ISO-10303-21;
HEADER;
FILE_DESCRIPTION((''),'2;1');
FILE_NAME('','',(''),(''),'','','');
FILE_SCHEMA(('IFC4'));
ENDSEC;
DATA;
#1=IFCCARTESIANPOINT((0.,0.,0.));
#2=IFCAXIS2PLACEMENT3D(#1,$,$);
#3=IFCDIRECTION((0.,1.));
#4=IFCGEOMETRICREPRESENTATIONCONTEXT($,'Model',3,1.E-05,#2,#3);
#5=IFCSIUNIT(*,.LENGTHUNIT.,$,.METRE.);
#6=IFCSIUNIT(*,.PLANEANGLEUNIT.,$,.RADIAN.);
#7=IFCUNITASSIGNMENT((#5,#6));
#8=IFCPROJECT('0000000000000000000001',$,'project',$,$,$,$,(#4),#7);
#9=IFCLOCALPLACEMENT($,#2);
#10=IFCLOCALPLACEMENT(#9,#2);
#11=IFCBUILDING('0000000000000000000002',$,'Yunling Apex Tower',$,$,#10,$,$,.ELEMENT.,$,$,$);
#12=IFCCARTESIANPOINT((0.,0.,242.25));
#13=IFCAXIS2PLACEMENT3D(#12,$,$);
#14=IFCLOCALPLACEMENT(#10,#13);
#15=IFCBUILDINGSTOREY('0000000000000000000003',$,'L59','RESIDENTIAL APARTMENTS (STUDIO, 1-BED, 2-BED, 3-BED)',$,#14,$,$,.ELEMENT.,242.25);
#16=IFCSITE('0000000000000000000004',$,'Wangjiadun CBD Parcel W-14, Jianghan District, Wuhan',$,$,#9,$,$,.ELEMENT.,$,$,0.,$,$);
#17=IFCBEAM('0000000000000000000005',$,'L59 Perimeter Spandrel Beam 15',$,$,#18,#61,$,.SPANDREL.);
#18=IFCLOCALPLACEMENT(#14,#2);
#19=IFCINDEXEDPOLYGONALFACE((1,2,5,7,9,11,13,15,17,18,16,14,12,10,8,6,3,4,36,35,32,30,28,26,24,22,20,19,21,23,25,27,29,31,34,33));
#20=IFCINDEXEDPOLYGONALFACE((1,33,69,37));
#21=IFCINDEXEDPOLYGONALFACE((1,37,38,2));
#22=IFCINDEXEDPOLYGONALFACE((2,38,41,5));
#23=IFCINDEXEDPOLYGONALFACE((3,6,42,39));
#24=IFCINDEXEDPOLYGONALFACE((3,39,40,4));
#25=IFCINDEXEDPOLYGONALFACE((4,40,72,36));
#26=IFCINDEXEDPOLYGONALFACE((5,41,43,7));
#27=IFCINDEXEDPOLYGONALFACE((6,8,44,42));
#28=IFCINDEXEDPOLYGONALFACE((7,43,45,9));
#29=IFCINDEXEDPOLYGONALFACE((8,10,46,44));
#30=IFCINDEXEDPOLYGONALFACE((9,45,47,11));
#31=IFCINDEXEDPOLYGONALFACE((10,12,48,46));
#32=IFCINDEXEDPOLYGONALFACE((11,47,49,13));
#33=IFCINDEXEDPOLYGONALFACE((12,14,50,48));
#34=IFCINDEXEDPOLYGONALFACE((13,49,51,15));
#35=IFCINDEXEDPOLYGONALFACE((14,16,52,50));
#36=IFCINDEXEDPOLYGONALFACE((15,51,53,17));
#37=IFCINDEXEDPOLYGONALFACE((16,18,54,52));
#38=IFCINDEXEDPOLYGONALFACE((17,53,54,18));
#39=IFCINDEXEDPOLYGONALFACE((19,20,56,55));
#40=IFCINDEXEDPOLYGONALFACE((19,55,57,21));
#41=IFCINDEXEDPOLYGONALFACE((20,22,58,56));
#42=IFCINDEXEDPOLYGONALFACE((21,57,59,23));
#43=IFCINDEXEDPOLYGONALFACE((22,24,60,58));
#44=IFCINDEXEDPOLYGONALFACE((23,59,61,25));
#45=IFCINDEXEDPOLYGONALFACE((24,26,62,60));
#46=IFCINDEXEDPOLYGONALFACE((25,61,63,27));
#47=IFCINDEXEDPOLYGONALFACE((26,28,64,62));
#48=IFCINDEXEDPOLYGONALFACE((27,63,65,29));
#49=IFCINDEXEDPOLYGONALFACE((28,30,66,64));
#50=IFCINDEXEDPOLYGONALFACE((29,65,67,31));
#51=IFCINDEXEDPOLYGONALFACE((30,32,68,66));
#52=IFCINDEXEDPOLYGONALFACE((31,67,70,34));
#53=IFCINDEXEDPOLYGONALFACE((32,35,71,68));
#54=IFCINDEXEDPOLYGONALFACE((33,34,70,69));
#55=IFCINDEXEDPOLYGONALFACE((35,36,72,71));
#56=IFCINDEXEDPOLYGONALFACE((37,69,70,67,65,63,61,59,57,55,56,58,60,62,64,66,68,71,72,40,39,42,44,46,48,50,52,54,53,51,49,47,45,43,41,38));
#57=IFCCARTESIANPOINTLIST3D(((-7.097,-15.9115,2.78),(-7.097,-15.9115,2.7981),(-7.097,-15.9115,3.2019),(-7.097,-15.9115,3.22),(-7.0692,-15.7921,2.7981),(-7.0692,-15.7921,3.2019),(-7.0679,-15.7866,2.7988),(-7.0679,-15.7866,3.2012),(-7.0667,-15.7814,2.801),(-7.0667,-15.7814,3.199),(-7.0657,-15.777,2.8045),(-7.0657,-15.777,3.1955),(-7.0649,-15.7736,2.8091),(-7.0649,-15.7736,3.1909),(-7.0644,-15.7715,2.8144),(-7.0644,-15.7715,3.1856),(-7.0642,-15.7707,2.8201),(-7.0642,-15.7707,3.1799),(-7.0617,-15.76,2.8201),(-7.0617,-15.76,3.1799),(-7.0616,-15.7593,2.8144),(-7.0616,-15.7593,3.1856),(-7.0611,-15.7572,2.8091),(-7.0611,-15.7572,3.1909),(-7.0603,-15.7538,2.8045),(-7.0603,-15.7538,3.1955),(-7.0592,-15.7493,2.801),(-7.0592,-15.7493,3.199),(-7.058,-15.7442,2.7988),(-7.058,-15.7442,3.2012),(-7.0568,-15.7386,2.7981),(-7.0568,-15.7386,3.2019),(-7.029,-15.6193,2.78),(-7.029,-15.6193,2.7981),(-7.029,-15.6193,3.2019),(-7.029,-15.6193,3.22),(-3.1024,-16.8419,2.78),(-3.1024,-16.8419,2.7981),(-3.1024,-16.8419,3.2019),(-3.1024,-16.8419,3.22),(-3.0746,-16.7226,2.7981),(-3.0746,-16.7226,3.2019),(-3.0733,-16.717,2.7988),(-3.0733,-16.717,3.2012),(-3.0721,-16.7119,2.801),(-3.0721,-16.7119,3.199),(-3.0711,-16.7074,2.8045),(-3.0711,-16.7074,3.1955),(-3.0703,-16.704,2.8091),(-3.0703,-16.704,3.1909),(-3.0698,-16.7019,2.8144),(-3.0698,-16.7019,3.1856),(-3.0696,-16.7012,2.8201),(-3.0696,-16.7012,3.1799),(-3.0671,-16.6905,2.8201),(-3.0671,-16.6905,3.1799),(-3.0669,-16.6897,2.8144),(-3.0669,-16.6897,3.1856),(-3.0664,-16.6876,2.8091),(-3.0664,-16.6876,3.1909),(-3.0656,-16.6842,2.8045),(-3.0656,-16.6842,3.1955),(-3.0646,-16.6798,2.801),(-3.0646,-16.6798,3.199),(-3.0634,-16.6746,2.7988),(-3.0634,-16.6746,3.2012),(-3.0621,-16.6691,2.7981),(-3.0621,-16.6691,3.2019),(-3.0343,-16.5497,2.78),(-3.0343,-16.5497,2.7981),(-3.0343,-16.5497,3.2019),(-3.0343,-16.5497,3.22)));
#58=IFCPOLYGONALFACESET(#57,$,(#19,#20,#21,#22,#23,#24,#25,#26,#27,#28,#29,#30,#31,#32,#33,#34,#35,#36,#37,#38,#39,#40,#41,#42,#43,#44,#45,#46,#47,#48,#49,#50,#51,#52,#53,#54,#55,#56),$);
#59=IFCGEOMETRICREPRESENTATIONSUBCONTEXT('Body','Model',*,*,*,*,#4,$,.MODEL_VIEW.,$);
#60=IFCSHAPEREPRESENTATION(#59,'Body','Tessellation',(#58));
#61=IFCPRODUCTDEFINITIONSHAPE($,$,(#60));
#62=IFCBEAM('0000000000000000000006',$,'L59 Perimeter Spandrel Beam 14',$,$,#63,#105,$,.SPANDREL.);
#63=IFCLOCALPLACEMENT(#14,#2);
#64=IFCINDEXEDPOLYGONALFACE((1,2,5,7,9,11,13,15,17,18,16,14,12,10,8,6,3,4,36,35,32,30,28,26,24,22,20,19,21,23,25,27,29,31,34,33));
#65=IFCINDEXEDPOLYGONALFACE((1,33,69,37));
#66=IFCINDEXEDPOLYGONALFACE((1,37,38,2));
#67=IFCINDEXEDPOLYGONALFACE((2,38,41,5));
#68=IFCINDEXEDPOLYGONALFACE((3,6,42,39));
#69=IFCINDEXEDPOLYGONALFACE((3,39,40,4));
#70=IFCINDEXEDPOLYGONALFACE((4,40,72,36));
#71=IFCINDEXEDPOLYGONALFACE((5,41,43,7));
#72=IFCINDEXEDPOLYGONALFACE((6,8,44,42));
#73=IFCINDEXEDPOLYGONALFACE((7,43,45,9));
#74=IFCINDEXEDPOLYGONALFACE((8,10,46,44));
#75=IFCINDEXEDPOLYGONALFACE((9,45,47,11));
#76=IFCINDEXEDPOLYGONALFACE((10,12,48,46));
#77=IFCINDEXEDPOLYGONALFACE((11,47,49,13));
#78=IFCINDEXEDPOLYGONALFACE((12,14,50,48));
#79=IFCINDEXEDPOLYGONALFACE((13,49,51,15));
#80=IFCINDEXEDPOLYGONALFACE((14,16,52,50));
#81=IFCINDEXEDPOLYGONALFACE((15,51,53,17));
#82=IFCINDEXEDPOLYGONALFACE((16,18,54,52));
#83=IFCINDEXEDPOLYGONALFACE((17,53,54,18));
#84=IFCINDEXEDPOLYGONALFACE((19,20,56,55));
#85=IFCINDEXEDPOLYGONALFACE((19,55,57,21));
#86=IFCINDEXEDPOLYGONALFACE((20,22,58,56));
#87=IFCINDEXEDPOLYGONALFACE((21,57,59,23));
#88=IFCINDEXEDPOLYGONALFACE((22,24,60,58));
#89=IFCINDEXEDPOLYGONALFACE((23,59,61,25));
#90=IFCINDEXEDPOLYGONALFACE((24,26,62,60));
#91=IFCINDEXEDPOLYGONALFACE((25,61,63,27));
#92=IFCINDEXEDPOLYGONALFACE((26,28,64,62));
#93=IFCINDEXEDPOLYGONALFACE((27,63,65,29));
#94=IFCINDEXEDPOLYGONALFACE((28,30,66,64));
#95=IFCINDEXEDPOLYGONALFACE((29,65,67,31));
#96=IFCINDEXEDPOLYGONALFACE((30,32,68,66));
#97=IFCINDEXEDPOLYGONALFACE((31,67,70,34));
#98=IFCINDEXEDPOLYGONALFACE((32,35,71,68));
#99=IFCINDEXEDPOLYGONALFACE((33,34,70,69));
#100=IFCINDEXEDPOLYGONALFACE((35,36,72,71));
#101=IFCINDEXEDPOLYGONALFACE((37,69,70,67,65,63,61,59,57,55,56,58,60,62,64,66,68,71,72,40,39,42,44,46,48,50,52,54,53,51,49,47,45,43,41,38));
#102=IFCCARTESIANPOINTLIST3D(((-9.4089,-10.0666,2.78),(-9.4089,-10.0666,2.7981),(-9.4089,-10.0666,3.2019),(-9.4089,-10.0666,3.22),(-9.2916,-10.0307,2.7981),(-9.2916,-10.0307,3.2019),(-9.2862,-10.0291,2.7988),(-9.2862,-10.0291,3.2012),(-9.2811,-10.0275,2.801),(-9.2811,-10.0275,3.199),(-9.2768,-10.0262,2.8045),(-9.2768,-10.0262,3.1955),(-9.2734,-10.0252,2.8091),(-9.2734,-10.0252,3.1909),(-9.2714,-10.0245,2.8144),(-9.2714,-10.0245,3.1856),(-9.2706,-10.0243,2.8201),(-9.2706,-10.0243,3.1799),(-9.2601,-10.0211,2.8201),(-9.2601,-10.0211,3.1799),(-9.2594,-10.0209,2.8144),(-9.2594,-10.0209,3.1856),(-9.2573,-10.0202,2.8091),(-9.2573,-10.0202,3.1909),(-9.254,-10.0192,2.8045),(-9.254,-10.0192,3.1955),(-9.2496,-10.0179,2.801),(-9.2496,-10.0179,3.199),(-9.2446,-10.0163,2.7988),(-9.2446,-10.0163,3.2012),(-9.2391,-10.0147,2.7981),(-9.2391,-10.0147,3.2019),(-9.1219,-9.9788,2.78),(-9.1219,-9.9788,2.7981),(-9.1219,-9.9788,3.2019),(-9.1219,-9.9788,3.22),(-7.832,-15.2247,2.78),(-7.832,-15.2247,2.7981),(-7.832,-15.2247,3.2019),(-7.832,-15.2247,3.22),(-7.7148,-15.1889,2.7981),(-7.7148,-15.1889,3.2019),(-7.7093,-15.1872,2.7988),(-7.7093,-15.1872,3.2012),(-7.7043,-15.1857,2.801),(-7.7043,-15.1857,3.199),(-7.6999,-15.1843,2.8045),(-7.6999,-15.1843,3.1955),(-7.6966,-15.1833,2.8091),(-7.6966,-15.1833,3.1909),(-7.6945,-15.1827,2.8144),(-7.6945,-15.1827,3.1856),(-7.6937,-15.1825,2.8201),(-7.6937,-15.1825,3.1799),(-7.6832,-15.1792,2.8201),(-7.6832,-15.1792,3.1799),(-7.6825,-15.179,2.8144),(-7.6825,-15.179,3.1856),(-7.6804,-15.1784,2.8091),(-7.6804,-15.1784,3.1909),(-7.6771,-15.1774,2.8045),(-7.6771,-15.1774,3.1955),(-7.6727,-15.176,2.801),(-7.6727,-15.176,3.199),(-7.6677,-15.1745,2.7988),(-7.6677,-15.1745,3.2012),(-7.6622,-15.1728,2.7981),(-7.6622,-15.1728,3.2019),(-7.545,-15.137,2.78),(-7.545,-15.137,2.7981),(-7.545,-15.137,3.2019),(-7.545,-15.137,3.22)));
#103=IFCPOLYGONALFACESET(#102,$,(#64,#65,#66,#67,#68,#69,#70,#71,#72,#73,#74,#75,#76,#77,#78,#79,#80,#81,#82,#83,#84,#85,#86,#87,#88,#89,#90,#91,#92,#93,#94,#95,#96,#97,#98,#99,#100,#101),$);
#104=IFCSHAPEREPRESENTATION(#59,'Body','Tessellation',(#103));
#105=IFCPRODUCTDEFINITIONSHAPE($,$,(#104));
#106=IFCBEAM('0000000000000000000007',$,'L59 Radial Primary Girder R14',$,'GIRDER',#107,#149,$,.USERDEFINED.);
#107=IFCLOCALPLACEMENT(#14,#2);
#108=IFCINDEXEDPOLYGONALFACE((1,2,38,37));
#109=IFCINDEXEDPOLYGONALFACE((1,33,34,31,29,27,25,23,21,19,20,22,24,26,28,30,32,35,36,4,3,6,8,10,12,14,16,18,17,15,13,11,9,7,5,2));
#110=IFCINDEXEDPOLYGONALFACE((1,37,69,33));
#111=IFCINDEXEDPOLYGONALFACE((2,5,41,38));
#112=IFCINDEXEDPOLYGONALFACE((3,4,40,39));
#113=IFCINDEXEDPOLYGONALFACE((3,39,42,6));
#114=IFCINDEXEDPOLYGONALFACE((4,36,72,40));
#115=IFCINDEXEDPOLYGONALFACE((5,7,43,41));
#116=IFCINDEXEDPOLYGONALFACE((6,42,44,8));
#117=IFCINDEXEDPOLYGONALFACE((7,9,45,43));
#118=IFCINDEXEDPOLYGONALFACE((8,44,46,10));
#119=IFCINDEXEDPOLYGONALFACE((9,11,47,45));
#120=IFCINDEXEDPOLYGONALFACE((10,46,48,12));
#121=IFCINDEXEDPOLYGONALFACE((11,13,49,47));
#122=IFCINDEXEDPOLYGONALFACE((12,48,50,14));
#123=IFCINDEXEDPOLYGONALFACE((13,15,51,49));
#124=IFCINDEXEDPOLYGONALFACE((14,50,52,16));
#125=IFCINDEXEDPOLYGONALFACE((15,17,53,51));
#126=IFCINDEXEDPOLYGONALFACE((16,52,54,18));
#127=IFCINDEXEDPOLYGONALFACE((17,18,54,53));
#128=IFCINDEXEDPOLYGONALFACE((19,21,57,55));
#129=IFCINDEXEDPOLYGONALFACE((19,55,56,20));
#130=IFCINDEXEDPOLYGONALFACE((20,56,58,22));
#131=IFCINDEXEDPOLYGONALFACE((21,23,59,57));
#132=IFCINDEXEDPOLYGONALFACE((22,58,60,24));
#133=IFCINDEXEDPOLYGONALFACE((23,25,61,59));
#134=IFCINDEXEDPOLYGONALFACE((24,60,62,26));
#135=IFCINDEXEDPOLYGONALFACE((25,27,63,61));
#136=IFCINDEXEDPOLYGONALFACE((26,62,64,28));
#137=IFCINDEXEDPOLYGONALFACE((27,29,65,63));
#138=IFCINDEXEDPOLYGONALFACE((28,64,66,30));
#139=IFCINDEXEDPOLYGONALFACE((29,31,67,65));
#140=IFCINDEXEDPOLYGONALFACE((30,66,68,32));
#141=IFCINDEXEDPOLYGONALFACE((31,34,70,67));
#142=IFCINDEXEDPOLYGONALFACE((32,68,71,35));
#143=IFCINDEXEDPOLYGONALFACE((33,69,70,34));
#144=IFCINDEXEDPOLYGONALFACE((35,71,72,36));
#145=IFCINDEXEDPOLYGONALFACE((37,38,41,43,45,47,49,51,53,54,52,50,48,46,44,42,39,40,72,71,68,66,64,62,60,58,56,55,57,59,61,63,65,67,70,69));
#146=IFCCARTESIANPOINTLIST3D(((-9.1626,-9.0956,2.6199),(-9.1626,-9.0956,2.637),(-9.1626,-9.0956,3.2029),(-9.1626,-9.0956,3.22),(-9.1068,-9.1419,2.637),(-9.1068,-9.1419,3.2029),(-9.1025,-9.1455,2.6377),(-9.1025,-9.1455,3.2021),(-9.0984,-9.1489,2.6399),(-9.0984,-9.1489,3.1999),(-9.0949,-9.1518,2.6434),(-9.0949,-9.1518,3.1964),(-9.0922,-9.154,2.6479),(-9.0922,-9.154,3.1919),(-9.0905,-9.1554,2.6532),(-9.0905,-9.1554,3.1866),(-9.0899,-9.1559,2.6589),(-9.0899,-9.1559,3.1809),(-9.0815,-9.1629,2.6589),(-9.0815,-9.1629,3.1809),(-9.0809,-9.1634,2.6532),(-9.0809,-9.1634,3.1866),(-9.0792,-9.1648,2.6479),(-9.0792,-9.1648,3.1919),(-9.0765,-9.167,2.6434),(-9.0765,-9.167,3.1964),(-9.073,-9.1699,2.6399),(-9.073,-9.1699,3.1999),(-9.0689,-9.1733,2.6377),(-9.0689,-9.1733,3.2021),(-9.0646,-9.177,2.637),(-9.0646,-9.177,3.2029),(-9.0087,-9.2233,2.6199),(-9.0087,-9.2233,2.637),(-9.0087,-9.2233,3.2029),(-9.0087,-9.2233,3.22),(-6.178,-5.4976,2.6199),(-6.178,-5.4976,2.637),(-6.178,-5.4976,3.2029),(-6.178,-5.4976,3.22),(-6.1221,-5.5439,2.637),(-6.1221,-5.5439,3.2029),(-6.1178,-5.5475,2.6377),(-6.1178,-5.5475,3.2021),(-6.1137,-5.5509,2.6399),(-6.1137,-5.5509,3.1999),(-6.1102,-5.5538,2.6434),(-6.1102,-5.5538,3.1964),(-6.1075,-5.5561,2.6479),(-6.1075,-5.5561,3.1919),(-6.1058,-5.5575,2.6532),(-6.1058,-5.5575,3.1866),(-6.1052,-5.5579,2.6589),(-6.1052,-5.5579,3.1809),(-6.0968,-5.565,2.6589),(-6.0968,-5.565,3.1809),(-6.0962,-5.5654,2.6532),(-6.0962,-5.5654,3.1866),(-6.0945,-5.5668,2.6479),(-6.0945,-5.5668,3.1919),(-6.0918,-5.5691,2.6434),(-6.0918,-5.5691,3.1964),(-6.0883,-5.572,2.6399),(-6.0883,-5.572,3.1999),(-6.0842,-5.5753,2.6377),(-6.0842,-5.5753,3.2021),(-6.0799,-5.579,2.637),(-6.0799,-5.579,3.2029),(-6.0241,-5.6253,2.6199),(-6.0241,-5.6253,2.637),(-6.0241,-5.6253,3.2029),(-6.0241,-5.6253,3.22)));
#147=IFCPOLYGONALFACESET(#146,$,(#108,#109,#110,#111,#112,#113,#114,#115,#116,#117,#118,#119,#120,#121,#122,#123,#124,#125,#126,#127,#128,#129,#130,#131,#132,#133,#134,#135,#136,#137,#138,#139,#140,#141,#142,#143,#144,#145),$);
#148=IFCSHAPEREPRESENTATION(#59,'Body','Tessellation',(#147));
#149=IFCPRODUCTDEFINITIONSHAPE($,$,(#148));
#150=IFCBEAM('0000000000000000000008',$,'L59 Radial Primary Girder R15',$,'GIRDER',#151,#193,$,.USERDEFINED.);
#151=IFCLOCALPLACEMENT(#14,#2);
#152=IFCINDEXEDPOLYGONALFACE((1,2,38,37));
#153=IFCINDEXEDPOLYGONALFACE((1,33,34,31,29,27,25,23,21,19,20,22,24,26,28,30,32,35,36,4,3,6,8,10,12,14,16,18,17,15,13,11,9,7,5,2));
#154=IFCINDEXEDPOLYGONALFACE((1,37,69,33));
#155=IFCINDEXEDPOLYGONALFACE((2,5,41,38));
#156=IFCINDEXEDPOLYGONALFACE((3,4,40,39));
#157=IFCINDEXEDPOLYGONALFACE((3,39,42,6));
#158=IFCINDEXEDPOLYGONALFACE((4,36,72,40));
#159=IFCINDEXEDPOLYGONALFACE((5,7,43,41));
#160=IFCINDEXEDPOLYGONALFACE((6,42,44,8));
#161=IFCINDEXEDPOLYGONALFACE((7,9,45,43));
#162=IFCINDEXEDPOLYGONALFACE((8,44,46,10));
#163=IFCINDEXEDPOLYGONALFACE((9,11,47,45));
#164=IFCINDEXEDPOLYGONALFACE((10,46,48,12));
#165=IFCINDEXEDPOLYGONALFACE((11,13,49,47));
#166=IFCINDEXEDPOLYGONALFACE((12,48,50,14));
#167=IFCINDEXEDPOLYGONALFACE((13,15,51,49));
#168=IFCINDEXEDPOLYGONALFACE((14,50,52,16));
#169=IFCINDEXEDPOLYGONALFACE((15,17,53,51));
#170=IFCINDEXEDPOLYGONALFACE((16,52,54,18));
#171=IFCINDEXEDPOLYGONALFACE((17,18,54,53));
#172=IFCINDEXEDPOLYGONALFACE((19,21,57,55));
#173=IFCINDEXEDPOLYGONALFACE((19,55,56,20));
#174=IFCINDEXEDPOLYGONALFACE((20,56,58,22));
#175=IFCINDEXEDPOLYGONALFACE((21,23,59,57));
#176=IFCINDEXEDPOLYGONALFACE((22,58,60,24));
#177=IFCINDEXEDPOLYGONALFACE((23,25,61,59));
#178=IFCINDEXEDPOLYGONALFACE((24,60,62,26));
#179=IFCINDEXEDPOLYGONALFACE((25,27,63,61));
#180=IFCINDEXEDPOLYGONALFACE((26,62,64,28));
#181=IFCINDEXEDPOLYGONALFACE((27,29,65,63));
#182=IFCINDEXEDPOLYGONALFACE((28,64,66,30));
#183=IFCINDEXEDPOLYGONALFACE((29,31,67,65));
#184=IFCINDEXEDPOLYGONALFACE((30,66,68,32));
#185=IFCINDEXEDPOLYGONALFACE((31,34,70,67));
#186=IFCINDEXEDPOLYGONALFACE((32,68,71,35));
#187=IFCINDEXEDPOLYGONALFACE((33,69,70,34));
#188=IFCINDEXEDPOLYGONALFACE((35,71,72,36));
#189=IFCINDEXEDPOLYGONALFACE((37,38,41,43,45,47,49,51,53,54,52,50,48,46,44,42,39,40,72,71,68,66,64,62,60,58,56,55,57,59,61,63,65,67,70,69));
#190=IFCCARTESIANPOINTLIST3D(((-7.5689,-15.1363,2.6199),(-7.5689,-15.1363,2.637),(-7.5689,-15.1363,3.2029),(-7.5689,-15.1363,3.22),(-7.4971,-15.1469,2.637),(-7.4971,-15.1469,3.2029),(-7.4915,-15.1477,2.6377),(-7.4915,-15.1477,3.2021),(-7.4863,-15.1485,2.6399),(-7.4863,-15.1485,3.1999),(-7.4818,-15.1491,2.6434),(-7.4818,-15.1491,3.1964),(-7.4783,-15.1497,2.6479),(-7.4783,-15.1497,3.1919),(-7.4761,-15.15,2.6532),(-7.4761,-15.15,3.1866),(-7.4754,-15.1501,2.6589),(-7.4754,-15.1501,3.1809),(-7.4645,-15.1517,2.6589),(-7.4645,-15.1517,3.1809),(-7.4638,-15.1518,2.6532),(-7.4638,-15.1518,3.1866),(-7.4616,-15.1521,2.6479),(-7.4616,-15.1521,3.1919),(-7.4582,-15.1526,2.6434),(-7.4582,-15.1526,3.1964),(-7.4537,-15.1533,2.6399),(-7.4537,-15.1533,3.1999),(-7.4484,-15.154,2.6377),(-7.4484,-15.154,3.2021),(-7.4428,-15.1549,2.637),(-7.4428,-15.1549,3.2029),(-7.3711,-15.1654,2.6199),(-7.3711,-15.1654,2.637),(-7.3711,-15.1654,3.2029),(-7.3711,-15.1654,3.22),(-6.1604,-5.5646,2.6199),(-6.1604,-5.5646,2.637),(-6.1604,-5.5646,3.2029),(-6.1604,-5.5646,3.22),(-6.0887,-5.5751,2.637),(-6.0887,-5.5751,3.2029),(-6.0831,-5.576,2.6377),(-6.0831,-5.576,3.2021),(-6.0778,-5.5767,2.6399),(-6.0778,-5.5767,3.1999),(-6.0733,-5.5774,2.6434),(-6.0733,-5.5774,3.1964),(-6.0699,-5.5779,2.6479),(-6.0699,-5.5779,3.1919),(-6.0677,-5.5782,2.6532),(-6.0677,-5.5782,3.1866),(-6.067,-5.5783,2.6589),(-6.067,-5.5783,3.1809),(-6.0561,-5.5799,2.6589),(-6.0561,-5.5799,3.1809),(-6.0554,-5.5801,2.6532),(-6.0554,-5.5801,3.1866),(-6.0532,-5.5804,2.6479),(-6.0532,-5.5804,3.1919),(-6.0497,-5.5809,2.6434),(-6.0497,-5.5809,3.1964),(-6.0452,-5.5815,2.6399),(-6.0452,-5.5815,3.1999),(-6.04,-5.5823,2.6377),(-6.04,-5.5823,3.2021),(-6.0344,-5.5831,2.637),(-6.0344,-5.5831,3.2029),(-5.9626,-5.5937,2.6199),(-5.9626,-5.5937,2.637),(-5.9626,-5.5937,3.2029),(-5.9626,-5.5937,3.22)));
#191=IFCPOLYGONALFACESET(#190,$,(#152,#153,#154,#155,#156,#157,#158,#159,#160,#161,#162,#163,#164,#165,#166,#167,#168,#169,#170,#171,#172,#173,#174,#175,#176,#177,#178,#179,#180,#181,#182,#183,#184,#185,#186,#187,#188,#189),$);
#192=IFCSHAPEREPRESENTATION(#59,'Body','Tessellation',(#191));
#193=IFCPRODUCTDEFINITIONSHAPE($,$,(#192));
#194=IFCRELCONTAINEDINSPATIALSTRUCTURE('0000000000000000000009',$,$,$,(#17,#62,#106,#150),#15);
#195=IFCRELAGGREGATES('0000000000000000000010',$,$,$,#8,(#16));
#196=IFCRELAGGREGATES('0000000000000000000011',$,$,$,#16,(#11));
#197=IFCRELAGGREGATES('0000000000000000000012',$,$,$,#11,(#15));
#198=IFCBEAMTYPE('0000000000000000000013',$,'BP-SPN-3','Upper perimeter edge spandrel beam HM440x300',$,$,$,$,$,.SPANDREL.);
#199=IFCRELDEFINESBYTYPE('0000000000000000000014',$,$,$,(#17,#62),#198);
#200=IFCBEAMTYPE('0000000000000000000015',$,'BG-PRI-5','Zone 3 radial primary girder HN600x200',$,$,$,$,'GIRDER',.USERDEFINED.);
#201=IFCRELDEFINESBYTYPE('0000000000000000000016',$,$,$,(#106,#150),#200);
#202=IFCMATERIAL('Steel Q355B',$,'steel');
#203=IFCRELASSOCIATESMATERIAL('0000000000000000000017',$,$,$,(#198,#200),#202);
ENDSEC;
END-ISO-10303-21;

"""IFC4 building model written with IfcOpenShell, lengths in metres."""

from ifc_helpers import new_model, si_unit, direction, frame, origin, origin_2d, place, context, subcontext, project, spatial, i_section, extrude, source, transform, mapped, material, material_profile, profile_set, type_object, element, save


model = new_model("IFC4")

# Units and contexts
model_context = context("Model", 3, precision=1e-05, world=origin(), true_north=direction((0.0, 1.0)))
body_context = subcontext(model_context, "Body", "Model", "MODEL_VIEW")
ifc_project = project(units=[si_unit("LENGTHUNIT", "METRE"), si_unit("PLANEANGLEUNIT", "RADIAN")], contexts=[model_context])

# Site, building, storey
site_placement = place(None, origin())
site = spatial("IfcSite", under=ifc_project, at=site_placement, Name="Wangjiadun CBD Parcel W-14, Jianghan District, Wuhan", CompositionType="ELEMENT", RefElevation=0.0)
building_placement = place(site_placement, origin())
building = spatial("IfcBuilding", under=site, at=building_placement, Name="Yunling Apex Tower", CompositionType="ELEMENT")
storey_placement = place(building_placement, frame((0.0, 0.0, 242.25)))
storey = spatial("IfcBuildingStorey", under=building, at=storey_placement, Name="L59", Description="RESIDENTIAL APARTMENTS (STUDIO, 1-BED, 2-BED, 3-BED)", CompositionType="ELEMENT", Elevation=242.25)

# Beams
ifc_material_1 = material(Name="Steel Q355B", Category="steel")
ifc_material_profile_1 = material_profile(ifc_material_1, i_section(OverallWidth=0.3, OverallDepth=0.4399, WebThickness=0.011, FlangeThickness=0.0181, FilletRadius=0.022, at=origin_2d()))
ifc_profile_set_1 = profile_set([ifc_material_profile_1], Name="Steel Q355B")
beam_type_1 = type_object("IfcBeamType", Name="BP-SPN-3", Description="Upper perimeter edge spandrel beam HM440x300", PredefinedType="SPANDREL", material=ifc_profile_set_1)
shared_shape_1 = source(origin(), body_context, "Body", "SweptSolid", [
    extrude(i_section(OverallWidth=0.3, OverallDepth=0.4399, WebThickness=0.011, FlangeThickness=0.0181, FilletRadius=0.022, at=origin_2d()), origin(), (0.0, 0.0, 1.0), 4.1016),
])
beam_1_placement = place(storey_placement, frame((-7.063, -15.7654, 3.0), z_axis=(0.973931, -0.226846, 0.0), x_axis=(0.226846, 0.973931, 0.0)))
element("IfcBeam", 1, at=beam_1_placement, inside=storey, type_object=beam_type_1, Name="L59 Perimeter Spandrel Beam 15", PredefinedType="SPANDREL", context=body_context, shape_type="MappedRepresentation", body=[
    mapped(shared_shape_1, transform((0.0, 0.0, 0.0), scale=1.0)),
])
shared_shape_2 = source(origin(), body_context, "Body", "SweptSolid", [
    extrude(i_section(OverallWidth=0.3, OverallDepth=0.4399, WebThickness=0.011, FlangeThickness=0.0181, FilletRadius=0.022, at=origin_2d()), origin(), (0.0, 0.0, 1.0), 5.3938),
])
beam_2_placement = place(storey_placement, frame((-9.2654, -10.0227, 3.0), z_axis=(0.292352, -0.956311, 0.0), x_axis=(0.956311, 0.292352, 0.0)))
element("IfcBeam", 2, at=beam_2_placement, inside=storey, type_object=beam_type_1, Name="L59 Perimeter Spandrel Beam 14", PredefinedType="SPANDREL", context=body_context, shape_type="MappedRepresentation", body=[
    mapped(shared_shape_2, transform((0.0, 0.0, 0.0), scale=1.0)),
])
ifc_material_profile_2 = material_profile(ifc_material_1, i_section(OverallWidth=0.2, OverallDepth=0.6001, WebThickness=0.011, FlangeThickness=0.0171, FilletRadius=0.022, at=origin_2d()))
ifc_profile_set_2 = profile_set([ifc_material_profile_2], Name="Steel Q355B")
beam_type_2 = type_object("IfcBeamType", Name="BG-PRI-5", Description="Zone 3 radial primary girder HN600x200", ElementType="GIRDER", PredefinedType="USERDEFINED", material=ifc_profile_set_2)
shared_shape_3 = source(origin(), body_context, "Body", "SweptSolid", [
    extrude(i_section(OverallWidth=0.2, OverallDepth=0.6001, WebThickness=0.011, FlangeThickness=0.0171, FilletRadius=0.022, at=origin_2d()), origin(), (0.0, 0.0, 1.0), 4.6748),
])
beam_3_placement = place(storey_placement, frame((-9.0857, -9.1594, 2.9199), z_axis=(0.638462, 0.769653, 0.0), x_axis=(-0.769653, 0.638462, 0.0)))
element("IfcBeam", 3, at=beam_3_placement, inside=storey, type_object=beam_type_2, Name="L59 Radial Primary Girder R14", ObjectType="GIRDER", PredefinedType="USERDEFINED", context=body_context, shape_type="MappedRepresentation", body=[
    mapped(shared_shape_3, transform((0.0, 0.0, 0.0), scale=1.0)),
])
shared_shape_4 = source(origin(), body_context, "Body", "SweptSolid", [
    extrude(i_section(OverallWidth=0.2, OverallDepth=0.6001, WebThickness=0.011, FlangeThickness=0.0171, FilletRadius=0.022, at=origin_2d()), origin(), (0.0, 0.0, 1.0), 9.6748),
])
beam_4_placement = place(storey_placement, frame((-7.47, -15.1509, 2.9199), z_axis=(0.145578, 0.989347, 0.0), x_axis=(-0.989347, 0.145578, 0.0)))
element("IfcBeam", 4, at=beam_4_placement, inside=storey, type_object=beam_type_2, Name="L59 Radial Primary Girder R15", ObjectType="GIRDER", PredefinedType="USERDEFINED", context=body_context, shape_type="MappedRepresentation", body=[
    mapped(shared_shape_4, transform((0.0, 0.0, 0.0), scale=1.0)),
])

save(model, "model.ifc")
